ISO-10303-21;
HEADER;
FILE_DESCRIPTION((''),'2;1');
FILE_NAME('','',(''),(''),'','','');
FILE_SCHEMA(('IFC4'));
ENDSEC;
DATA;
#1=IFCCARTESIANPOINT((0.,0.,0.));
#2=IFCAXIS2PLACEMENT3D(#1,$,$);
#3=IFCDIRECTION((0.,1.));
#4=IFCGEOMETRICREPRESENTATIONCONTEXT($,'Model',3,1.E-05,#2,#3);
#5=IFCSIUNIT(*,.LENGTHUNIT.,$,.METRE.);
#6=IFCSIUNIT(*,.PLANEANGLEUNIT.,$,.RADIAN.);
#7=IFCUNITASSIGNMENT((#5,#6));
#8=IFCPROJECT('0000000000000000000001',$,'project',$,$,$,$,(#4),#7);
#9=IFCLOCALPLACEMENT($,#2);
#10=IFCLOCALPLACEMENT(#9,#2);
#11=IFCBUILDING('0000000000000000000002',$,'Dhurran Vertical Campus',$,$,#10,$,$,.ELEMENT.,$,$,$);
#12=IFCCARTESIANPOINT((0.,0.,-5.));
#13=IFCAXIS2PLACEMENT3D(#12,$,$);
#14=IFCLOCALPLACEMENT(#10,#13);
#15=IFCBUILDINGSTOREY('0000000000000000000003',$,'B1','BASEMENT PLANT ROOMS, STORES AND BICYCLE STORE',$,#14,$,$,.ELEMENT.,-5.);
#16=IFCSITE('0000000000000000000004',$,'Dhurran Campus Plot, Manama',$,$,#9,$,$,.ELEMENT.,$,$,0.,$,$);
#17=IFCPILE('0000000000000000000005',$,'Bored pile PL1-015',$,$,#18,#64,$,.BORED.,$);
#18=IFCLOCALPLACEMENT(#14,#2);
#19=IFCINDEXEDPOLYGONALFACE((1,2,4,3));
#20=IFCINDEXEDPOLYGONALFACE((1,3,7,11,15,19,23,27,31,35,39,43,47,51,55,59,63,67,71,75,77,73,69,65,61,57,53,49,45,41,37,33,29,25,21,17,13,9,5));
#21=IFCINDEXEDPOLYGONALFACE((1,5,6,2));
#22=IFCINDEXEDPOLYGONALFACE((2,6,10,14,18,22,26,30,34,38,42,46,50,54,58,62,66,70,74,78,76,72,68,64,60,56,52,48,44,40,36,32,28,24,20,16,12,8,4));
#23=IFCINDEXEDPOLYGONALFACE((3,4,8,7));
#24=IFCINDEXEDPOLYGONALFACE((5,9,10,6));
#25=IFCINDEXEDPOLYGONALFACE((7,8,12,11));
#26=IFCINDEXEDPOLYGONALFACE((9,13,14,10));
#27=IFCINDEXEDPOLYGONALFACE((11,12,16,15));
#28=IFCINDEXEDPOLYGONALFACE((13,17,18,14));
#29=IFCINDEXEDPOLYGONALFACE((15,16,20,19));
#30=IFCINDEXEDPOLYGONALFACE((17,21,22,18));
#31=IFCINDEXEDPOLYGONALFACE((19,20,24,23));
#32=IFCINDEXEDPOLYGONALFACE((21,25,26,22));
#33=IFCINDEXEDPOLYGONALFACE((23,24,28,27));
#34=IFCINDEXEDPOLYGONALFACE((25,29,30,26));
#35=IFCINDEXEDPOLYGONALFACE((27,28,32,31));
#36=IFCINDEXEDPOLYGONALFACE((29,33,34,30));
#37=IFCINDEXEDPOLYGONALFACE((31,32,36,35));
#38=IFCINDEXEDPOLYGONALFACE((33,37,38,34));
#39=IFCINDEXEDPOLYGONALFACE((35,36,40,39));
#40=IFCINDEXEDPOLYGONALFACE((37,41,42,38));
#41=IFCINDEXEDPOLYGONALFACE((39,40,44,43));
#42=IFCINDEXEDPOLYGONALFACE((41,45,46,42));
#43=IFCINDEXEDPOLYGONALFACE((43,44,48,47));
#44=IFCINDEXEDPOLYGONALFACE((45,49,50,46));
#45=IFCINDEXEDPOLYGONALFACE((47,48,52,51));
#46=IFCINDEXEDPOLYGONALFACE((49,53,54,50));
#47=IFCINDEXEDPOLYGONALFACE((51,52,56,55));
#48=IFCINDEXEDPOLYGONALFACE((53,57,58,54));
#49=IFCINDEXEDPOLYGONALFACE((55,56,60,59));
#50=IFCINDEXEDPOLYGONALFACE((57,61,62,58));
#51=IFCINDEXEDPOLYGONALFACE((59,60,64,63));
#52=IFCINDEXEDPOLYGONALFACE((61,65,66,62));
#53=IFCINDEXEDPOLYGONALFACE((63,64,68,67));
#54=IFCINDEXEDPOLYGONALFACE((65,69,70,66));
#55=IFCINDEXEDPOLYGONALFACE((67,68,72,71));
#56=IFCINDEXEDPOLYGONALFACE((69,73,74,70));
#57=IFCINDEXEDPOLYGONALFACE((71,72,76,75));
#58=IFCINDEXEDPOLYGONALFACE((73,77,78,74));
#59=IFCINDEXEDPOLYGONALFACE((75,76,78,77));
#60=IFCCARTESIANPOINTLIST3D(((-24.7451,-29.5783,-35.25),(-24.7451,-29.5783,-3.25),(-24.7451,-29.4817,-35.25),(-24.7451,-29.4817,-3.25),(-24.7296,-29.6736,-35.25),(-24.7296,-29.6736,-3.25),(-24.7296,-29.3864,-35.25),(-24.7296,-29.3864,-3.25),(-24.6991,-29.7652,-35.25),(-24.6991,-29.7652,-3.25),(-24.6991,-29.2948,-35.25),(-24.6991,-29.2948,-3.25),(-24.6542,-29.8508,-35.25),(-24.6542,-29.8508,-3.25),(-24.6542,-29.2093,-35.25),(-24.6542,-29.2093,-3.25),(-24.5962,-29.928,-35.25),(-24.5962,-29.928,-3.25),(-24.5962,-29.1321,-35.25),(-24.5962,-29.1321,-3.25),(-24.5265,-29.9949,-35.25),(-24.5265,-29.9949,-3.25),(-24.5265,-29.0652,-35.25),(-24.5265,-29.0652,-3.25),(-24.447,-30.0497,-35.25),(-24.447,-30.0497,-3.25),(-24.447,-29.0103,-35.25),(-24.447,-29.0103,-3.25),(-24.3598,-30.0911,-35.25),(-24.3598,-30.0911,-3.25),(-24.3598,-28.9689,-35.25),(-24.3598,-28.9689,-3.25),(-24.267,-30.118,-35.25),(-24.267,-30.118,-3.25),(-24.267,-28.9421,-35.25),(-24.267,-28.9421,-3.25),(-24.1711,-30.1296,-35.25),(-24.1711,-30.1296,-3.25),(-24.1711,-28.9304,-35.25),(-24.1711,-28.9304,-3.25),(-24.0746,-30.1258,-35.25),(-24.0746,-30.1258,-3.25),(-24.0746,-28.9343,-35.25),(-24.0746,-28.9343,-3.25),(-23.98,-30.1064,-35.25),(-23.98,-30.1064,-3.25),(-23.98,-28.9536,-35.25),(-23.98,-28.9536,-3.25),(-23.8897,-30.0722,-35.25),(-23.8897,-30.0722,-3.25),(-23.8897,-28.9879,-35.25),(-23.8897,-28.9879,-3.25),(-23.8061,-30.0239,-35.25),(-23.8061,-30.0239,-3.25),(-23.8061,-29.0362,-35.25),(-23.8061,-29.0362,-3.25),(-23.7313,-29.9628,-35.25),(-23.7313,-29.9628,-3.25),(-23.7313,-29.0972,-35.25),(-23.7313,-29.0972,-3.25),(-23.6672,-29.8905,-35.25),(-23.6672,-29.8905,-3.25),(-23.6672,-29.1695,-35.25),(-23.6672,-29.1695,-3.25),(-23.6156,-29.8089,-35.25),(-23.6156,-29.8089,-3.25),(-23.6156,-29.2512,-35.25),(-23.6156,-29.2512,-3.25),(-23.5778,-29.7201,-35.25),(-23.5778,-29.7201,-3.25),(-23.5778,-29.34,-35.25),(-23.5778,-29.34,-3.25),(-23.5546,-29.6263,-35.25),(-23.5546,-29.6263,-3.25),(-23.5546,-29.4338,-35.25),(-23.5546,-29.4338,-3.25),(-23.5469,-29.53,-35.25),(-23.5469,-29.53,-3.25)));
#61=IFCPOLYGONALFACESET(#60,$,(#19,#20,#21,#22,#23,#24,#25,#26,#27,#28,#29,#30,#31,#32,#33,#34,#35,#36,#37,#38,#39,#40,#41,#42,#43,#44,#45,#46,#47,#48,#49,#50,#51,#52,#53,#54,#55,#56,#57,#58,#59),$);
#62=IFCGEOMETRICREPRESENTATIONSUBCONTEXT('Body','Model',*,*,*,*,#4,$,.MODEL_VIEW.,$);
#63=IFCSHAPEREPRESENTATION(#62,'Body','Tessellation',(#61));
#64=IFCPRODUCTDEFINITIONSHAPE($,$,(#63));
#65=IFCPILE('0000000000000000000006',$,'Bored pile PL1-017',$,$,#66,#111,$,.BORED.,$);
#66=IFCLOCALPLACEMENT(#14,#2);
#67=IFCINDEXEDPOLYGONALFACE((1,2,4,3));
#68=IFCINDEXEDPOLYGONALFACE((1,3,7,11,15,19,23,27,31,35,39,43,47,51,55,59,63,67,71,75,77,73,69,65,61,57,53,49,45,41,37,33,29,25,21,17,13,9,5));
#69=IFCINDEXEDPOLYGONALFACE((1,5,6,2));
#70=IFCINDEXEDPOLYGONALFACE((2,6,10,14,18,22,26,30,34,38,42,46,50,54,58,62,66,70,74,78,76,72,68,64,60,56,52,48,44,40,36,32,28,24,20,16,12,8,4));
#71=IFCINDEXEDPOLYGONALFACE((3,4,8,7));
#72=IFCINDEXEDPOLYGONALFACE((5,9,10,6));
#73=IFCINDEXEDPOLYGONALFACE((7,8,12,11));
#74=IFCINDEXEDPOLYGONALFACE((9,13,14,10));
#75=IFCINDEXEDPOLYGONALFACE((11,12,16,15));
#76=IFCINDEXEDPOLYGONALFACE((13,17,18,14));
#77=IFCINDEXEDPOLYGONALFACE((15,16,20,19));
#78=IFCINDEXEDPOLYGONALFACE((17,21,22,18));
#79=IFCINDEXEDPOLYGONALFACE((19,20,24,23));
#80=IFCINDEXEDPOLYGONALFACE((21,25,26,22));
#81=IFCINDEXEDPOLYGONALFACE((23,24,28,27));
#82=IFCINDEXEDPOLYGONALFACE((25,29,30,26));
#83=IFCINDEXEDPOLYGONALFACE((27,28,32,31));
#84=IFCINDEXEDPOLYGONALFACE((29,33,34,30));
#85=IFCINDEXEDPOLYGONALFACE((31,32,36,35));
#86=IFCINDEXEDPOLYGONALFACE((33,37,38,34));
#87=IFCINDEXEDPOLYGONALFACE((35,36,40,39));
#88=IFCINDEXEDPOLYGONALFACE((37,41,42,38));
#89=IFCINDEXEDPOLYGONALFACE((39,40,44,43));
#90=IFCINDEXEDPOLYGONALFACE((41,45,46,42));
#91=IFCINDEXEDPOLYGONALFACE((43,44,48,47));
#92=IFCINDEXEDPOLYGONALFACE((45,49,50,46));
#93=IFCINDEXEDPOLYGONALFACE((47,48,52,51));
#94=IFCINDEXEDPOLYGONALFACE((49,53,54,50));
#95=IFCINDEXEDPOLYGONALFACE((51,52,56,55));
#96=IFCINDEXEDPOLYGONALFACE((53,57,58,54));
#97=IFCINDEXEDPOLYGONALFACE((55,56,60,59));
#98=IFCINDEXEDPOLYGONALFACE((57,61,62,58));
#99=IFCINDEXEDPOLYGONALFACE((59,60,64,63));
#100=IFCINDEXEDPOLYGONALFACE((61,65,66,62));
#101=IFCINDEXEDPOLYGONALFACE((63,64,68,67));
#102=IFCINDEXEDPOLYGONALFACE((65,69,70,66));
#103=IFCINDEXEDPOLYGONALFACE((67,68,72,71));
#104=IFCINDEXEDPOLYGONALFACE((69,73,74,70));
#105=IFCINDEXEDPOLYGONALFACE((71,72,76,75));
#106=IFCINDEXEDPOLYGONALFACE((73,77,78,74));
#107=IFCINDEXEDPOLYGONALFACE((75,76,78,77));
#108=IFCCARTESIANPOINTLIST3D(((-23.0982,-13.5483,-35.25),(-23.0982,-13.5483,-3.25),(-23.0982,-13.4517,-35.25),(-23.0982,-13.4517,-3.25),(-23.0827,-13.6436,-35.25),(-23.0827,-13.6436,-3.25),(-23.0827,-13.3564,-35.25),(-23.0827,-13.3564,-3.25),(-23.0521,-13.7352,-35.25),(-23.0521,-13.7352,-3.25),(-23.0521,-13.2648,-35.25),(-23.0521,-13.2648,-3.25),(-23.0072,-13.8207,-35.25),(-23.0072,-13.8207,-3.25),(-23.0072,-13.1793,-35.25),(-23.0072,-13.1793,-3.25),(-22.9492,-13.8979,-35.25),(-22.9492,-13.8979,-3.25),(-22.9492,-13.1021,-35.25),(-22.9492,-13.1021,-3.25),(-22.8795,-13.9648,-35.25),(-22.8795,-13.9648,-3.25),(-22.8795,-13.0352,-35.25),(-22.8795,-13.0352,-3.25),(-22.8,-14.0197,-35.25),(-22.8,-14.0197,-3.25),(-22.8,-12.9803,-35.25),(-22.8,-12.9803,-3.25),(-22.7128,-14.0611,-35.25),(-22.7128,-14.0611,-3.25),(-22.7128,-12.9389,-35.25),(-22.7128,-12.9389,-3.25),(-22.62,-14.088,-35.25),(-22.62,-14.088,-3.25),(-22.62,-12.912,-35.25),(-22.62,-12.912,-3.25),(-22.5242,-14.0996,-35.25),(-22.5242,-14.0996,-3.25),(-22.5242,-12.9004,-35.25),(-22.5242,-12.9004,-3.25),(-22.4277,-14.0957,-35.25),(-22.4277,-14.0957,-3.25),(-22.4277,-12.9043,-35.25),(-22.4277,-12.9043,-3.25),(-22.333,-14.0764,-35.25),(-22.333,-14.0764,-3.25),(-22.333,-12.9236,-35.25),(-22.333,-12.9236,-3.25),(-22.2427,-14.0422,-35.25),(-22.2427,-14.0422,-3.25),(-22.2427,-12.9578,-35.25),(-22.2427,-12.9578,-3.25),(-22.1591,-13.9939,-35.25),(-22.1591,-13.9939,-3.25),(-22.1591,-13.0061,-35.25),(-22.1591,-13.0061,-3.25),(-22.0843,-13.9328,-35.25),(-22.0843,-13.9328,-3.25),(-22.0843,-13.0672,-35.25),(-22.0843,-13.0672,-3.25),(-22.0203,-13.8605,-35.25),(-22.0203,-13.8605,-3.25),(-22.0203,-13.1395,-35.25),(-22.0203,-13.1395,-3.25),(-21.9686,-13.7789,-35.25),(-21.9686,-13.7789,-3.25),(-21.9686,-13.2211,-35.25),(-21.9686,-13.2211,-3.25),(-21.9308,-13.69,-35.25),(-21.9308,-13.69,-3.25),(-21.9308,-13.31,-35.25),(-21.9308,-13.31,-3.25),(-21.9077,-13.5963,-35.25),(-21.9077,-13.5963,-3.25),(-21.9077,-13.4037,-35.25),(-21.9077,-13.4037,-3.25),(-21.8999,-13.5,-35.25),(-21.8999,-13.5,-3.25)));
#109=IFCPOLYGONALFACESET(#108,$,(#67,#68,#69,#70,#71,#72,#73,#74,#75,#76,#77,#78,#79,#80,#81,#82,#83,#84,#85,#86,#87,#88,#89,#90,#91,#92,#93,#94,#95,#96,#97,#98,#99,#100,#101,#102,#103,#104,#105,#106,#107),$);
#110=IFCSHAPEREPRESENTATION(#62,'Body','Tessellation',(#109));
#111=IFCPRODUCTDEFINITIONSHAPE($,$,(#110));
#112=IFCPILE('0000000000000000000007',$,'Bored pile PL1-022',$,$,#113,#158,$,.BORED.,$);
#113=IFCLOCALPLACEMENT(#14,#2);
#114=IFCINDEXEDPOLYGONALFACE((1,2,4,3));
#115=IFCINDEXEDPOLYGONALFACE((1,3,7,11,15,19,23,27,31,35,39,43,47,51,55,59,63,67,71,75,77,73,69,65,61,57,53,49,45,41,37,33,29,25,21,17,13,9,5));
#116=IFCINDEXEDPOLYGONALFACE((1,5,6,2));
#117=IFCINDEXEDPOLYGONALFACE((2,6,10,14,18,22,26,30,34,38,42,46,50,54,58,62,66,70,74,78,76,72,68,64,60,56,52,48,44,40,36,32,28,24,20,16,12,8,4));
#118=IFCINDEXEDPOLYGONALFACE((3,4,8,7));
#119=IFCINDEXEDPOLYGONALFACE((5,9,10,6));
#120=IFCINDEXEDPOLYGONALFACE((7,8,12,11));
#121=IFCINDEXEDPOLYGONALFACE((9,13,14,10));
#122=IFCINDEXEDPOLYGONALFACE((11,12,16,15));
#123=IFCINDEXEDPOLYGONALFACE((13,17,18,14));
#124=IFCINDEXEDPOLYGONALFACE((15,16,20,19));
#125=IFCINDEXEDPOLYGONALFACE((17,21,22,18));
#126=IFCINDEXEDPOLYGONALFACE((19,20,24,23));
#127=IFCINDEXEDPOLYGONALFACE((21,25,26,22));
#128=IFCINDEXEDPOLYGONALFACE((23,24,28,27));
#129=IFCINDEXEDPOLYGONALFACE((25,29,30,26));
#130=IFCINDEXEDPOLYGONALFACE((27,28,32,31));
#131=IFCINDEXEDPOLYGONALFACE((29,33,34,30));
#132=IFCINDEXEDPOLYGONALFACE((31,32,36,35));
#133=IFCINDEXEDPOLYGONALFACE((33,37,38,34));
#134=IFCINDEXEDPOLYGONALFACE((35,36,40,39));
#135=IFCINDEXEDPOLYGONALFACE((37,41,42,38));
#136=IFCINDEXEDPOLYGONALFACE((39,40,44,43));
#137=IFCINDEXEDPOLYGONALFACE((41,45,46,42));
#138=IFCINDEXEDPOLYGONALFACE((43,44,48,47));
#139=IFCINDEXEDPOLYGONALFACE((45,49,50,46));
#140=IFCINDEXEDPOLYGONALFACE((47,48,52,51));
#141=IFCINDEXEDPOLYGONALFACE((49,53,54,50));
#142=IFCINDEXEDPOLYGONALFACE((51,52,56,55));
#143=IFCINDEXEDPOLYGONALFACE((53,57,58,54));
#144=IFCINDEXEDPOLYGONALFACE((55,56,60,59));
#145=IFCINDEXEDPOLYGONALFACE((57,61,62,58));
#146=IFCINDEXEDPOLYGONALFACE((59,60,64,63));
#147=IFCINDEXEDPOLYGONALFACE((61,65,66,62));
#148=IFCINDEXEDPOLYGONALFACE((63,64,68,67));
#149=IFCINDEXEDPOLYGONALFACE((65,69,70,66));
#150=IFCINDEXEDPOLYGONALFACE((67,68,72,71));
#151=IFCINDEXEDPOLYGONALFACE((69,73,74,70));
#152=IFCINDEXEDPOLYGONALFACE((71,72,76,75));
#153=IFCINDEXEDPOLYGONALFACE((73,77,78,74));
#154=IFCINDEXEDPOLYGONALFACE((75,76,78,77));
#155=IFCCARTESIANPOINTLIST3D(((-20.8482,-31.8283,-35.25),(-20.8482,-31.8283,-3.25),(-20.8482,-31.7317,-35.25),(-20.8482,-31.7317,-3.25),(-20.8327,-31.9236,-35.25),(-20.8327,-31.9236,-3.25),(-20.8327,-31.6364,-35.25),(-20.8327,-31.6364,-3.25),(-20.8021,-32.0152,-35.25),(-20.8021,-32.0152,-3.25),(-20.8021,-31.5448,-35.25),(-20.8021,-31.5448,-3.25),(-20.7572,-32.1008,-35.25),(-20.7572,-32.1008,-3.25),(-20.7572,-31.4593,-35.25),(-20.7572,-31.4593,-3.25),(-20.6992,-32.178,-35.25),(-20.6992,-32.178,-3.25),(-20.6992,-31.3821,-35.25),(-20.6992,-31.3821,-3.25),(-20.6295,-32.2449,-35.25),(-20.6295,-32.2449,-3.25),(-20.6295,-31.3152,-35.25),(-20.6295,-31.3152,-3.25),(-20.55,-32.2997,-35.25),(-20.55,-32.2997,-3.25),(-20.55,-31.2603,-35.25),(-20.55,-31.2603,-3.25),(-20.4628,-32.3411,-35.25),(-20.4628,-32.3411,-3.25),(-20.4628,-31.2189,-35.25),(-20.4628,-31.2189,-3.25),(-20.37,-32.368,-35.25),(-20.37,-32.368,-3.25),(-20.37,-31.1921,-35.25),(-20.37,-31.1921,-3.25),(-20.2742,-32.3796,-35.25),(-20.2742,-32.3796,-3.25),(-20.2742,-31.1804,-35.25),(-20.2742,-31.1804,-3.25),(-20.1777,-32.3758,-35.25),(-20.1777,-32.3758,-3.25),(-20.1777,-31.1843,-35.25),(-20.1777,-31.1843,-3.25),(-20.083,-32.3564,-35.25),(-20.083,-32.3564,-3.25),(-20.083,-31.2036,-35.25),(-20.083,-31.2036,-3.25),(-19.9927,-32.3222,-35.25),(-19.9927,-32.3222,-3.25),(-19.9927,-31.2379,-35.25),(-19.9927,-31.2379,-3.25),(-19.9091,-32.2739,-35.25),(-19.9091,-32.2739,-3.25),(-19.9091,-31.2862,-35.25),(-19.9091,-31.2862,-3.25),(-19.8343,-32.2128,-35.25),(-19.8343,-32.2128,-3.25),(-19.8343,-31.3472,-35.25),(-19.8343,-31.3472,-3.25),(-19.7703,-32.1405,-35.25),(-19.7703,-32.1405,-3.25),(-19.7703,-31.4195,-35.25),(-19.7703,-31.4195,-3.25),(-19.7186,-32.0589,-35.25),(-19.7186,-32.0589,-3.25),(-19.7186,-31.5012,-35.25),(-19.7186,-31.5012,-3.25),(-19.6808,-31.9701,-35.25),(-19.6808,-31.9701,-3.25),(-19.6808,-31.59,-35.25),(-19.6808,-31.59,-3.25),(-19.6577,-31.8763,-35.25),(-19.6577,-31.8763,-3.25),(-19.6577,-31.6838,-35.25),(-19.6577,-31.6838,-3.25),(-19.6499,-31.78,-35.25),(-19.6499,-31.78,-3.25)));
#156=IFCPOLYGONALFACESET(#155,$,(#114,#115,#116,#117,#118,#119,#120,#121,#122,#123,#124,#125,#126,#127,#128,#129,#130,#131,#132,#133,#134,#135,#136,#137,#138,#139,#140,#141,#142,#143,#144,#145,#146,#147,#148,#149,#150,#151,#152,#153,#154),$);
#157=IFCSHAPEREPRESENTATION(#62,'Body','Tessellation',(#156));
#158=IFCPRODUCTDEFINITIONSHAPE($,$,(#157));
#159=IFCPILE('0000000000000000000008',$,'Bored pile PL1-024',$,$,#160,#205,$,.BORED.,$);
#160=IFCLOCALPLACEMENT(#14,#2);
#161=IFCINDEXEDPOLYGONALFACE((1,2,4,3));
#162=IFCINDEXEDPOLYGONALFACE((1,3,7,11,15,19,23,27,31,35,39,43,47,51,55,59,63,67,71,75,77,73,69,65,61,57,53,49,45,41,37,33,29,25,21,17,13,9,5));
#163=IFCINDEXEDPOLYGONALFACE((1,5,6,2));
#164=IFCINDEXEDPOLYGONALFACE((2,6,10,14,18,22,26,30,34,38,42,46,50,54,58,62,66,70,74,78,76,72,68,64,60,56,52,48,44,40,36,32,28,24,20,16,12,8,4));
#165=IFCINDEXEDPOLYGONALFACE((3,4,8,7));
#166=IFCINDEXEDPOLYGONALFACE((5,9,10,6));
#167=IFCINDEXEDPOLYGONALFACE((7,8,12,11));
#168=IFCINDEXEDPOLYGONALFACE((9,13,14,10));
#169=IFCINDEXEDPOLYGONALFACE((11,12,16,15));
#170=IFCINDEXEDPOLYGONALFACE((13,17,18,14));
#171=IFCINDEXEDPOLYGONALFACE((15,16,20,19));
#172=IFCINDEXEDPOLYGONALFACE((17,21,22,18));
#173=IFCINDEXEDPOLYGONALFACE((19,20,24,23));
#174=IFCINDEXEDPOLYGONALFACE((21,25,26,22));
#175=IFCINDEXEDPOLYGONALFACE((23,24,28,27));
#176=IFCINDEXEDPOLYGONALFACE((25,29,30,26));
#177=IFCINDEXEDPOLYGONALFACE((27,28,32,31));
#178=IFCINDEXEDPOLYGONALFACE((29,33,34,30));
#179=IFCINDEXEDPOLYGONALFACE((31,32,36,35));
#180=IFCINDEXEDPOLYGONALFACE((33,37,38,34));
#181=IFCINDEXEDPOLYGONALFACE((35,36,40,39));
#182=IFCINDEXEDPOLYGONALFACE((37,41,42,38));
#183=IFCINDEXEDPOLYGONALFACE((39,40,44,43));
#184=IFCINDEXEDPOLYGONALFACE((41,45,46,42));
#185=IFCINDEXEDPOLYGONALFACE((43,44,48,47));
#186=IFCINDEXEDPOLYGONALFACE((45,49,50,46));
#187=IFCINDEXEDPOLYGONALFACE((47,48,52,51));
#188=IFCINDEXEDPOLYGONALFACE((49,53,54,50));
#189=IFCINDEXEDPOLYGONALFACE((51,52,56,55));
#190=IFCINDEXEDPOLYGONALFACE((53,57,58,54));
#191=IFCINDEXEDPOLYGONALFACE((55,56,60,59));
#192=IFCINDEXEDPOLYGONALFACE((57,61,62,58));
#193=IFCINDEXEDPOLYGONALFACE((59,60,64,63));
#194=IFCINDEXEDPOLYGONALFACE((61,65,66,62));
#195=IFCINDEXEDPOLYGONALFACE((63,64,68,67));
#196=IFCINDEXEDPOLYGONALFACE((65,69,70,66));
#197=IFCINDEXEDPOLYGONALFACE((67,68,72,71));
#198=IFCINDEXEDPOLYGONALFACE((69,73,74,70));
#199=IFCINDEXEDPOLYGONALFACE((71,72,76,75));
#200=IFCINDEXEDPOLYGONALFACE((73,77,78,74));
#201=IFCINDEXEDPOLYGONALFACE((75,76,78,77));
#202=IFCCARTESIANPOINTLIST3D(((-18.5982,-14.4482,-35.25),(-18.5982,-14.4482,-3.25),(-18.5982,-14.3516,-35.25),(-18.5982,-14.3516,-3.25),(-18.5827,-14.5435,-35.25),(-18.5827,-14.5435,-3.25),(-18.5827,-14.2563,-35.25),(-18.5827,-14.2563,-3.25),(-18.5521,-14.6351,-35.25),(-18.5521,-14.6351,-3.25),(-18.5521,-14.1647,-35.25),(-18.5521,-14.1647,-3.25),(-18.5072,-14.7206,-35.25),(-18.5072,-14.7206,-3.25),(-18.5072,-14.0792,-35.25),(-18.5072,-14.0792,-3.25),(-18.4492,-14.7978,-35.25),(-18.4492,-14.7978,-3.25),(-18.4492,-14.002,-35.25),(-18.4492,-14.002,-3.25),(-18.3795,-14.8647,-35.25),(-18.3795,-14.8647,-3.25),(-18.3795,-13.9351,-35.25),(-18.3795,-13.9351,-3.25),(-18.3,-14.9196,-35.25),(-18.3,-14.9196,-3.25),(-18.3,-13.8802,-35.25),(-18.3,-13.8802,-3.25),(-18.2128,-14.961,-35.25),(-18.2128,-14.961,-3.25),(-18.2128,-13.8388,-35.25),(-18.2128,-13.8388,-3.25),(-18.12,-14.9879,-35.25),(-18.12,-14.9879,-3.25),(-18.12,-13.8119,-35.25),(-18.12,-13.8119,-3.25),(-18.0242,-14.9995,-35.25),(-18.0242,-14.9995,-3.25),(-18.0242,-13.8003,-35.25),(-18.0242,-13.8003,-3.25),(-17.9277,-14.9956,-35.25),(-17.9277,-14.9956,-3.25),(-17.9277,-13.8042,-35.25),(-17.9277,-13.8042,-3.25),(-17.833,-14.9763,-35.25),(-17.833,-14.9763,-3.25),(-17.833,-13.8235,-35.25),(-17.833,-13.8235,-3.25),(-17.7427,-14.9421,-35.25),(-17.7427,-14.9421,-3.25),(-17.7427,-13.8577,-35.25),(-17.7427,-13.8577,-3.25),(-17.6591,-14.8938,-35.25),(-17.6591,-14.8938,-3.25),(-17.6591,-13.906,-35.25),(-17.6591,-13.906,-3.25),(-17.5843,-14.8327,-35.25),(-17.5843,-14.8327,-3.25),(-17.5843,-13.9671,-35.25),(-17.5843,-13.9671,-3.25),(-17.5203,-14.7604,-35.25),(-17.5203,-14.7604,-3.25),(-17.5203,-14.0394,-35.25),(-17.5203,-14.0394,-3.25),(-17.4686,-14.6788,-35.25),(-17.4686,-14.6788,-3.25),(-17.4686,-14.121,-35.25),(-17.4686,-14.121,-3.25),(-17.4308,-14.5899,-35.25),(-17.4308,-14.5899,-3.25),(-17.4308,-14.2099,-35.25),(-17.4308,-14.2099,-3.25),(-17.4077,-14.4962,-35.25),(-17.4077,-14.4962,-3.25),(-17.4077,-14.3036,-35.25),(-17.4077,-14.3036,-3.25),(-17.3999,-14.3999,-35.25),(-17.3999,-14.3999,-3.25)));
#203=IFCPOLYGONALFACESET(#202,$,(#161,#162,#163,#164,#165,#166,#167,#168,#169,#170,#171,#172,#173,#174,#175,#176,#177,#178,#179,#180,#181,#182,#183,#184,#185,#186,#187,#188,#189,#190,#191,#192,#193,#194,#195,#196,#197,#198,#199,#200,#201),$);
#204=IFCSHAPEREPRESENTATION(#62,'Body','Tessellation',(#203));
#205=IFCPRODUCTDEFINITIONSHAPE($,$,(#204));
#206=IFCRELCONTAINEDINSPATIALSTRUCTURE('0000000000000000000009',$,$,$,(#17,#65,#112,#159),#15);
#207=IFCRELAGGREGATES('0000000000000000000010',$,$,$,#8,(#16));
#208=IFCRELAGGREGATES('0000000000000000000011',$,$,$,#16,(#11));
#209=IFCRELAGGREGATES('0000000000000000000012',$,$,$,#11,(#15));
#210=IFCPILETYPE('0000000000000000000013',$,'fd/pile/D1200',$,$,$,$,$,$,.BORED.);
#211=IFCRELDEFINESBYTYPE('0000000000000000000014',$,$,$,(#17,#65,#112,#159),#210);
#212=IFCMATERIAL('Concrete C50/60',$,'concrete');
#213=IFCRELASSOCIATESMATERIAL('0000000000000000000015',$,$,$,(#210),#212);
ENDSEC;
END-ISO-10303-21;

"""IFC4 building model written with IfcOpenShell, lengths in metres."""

from ifc_helpers import new_model, si_unit, direction, frame, origin, origin_2d, place, context, subcontext, project, spatial, circle, extrude, material, material_profile, profile_set, type_object, element, save


model = new_model("IFC4")

# Units and contexts
model_context = context("Model", 3, precision=1e-05, world=origin(), true_north=direction((0.0, 1.0)))
body_context = subcontext(model_context, "Body", "Model", "MODEL_VIEW")
ifc_project = project(units=[si_unit("LENGTHUNIT", "METRE"), si_unit("PLANEANGLEUNIT", "RADIAN")], contexts=[model_context])

# Site, building, storey
site_placement = place(None, origin())
site = spatial("IfcSite", under=ifc_project, at=site_placement, Name="Dhurran Campus Plot, Manama", CompositionType="ELEMENT", RefElevation=0.0)
building_placement = place(site_placement, origin())
building = spatial("IfcBuilding", under=site, at=building_placement, Name="Dhurran Vertical Campus", CompositionType="ELEMENT")
storey_placement = place(building_placement, frame((0.0, 0.0, -5.0)))
storey = spatial("IfcBuildingStorey", under=building, at=storey_placement, Name="B1", Description="BASEMENT PLANT ROOMS, STORES AND BICYCLE STORE", CompositionType="ELEMENT", Elevation=-5.0)

# Piles
ifc_material_1 = material(Name="Concrete C50/60", Category="concrete")
ifc_material_profile_1 = material_profile(ifc_material_1, circle(Radius=0.6001, at=origin_2d()), Name="fd/pile/D1200")
ifc_profile_set_1 = profile_set([ifc_material_profile_1], Name="Concrete C50/60")
pile_type = type_object("IfcPileType", Name="fd/pile/D1200", PredefinedType="BORED", material=ifc_profile_set_1)
for number, where, z_axis, x_axis, name in (
    (1, (-24.147, -29.53, -3.25), (0.0, 0.0, -1.0), (1.0, 0.0, 0.0), "Bored pile PL1-015"),
    (2, (-22.5, -13.5, -3.25), (0.0, 0.0, -1.0), (1.0, 0.0, 0.0), "Bored pile PL1-017"),
    (3, (-20.25, -31.78, -3.25), (0.0, 0.0, -1.0), (1.0, 0.0, 0.0), "Bored pile PL1-022"),
    (4, (-18.0, -14.3999, -3.25), (0.0, 0.0, -1.0), (1.0, 0.0, 0.0), "Bored pile PL1-024"),
):
    element("IfcPile", number, at=place(storey_placement, frame(where, z_axis=z_axis, x_axis=x_axis)), inside=storey, type_object=pile_type, Name=name, PredefinedType="BORED", context=body_context, shape_type="SweptSolid", body=[
        extrude(circle(Radius=0.6001, at=origin_2d()), origin(), (0.0, 0.0, 1.0), 32.0),
    ])

save(model, "model.ifc")
